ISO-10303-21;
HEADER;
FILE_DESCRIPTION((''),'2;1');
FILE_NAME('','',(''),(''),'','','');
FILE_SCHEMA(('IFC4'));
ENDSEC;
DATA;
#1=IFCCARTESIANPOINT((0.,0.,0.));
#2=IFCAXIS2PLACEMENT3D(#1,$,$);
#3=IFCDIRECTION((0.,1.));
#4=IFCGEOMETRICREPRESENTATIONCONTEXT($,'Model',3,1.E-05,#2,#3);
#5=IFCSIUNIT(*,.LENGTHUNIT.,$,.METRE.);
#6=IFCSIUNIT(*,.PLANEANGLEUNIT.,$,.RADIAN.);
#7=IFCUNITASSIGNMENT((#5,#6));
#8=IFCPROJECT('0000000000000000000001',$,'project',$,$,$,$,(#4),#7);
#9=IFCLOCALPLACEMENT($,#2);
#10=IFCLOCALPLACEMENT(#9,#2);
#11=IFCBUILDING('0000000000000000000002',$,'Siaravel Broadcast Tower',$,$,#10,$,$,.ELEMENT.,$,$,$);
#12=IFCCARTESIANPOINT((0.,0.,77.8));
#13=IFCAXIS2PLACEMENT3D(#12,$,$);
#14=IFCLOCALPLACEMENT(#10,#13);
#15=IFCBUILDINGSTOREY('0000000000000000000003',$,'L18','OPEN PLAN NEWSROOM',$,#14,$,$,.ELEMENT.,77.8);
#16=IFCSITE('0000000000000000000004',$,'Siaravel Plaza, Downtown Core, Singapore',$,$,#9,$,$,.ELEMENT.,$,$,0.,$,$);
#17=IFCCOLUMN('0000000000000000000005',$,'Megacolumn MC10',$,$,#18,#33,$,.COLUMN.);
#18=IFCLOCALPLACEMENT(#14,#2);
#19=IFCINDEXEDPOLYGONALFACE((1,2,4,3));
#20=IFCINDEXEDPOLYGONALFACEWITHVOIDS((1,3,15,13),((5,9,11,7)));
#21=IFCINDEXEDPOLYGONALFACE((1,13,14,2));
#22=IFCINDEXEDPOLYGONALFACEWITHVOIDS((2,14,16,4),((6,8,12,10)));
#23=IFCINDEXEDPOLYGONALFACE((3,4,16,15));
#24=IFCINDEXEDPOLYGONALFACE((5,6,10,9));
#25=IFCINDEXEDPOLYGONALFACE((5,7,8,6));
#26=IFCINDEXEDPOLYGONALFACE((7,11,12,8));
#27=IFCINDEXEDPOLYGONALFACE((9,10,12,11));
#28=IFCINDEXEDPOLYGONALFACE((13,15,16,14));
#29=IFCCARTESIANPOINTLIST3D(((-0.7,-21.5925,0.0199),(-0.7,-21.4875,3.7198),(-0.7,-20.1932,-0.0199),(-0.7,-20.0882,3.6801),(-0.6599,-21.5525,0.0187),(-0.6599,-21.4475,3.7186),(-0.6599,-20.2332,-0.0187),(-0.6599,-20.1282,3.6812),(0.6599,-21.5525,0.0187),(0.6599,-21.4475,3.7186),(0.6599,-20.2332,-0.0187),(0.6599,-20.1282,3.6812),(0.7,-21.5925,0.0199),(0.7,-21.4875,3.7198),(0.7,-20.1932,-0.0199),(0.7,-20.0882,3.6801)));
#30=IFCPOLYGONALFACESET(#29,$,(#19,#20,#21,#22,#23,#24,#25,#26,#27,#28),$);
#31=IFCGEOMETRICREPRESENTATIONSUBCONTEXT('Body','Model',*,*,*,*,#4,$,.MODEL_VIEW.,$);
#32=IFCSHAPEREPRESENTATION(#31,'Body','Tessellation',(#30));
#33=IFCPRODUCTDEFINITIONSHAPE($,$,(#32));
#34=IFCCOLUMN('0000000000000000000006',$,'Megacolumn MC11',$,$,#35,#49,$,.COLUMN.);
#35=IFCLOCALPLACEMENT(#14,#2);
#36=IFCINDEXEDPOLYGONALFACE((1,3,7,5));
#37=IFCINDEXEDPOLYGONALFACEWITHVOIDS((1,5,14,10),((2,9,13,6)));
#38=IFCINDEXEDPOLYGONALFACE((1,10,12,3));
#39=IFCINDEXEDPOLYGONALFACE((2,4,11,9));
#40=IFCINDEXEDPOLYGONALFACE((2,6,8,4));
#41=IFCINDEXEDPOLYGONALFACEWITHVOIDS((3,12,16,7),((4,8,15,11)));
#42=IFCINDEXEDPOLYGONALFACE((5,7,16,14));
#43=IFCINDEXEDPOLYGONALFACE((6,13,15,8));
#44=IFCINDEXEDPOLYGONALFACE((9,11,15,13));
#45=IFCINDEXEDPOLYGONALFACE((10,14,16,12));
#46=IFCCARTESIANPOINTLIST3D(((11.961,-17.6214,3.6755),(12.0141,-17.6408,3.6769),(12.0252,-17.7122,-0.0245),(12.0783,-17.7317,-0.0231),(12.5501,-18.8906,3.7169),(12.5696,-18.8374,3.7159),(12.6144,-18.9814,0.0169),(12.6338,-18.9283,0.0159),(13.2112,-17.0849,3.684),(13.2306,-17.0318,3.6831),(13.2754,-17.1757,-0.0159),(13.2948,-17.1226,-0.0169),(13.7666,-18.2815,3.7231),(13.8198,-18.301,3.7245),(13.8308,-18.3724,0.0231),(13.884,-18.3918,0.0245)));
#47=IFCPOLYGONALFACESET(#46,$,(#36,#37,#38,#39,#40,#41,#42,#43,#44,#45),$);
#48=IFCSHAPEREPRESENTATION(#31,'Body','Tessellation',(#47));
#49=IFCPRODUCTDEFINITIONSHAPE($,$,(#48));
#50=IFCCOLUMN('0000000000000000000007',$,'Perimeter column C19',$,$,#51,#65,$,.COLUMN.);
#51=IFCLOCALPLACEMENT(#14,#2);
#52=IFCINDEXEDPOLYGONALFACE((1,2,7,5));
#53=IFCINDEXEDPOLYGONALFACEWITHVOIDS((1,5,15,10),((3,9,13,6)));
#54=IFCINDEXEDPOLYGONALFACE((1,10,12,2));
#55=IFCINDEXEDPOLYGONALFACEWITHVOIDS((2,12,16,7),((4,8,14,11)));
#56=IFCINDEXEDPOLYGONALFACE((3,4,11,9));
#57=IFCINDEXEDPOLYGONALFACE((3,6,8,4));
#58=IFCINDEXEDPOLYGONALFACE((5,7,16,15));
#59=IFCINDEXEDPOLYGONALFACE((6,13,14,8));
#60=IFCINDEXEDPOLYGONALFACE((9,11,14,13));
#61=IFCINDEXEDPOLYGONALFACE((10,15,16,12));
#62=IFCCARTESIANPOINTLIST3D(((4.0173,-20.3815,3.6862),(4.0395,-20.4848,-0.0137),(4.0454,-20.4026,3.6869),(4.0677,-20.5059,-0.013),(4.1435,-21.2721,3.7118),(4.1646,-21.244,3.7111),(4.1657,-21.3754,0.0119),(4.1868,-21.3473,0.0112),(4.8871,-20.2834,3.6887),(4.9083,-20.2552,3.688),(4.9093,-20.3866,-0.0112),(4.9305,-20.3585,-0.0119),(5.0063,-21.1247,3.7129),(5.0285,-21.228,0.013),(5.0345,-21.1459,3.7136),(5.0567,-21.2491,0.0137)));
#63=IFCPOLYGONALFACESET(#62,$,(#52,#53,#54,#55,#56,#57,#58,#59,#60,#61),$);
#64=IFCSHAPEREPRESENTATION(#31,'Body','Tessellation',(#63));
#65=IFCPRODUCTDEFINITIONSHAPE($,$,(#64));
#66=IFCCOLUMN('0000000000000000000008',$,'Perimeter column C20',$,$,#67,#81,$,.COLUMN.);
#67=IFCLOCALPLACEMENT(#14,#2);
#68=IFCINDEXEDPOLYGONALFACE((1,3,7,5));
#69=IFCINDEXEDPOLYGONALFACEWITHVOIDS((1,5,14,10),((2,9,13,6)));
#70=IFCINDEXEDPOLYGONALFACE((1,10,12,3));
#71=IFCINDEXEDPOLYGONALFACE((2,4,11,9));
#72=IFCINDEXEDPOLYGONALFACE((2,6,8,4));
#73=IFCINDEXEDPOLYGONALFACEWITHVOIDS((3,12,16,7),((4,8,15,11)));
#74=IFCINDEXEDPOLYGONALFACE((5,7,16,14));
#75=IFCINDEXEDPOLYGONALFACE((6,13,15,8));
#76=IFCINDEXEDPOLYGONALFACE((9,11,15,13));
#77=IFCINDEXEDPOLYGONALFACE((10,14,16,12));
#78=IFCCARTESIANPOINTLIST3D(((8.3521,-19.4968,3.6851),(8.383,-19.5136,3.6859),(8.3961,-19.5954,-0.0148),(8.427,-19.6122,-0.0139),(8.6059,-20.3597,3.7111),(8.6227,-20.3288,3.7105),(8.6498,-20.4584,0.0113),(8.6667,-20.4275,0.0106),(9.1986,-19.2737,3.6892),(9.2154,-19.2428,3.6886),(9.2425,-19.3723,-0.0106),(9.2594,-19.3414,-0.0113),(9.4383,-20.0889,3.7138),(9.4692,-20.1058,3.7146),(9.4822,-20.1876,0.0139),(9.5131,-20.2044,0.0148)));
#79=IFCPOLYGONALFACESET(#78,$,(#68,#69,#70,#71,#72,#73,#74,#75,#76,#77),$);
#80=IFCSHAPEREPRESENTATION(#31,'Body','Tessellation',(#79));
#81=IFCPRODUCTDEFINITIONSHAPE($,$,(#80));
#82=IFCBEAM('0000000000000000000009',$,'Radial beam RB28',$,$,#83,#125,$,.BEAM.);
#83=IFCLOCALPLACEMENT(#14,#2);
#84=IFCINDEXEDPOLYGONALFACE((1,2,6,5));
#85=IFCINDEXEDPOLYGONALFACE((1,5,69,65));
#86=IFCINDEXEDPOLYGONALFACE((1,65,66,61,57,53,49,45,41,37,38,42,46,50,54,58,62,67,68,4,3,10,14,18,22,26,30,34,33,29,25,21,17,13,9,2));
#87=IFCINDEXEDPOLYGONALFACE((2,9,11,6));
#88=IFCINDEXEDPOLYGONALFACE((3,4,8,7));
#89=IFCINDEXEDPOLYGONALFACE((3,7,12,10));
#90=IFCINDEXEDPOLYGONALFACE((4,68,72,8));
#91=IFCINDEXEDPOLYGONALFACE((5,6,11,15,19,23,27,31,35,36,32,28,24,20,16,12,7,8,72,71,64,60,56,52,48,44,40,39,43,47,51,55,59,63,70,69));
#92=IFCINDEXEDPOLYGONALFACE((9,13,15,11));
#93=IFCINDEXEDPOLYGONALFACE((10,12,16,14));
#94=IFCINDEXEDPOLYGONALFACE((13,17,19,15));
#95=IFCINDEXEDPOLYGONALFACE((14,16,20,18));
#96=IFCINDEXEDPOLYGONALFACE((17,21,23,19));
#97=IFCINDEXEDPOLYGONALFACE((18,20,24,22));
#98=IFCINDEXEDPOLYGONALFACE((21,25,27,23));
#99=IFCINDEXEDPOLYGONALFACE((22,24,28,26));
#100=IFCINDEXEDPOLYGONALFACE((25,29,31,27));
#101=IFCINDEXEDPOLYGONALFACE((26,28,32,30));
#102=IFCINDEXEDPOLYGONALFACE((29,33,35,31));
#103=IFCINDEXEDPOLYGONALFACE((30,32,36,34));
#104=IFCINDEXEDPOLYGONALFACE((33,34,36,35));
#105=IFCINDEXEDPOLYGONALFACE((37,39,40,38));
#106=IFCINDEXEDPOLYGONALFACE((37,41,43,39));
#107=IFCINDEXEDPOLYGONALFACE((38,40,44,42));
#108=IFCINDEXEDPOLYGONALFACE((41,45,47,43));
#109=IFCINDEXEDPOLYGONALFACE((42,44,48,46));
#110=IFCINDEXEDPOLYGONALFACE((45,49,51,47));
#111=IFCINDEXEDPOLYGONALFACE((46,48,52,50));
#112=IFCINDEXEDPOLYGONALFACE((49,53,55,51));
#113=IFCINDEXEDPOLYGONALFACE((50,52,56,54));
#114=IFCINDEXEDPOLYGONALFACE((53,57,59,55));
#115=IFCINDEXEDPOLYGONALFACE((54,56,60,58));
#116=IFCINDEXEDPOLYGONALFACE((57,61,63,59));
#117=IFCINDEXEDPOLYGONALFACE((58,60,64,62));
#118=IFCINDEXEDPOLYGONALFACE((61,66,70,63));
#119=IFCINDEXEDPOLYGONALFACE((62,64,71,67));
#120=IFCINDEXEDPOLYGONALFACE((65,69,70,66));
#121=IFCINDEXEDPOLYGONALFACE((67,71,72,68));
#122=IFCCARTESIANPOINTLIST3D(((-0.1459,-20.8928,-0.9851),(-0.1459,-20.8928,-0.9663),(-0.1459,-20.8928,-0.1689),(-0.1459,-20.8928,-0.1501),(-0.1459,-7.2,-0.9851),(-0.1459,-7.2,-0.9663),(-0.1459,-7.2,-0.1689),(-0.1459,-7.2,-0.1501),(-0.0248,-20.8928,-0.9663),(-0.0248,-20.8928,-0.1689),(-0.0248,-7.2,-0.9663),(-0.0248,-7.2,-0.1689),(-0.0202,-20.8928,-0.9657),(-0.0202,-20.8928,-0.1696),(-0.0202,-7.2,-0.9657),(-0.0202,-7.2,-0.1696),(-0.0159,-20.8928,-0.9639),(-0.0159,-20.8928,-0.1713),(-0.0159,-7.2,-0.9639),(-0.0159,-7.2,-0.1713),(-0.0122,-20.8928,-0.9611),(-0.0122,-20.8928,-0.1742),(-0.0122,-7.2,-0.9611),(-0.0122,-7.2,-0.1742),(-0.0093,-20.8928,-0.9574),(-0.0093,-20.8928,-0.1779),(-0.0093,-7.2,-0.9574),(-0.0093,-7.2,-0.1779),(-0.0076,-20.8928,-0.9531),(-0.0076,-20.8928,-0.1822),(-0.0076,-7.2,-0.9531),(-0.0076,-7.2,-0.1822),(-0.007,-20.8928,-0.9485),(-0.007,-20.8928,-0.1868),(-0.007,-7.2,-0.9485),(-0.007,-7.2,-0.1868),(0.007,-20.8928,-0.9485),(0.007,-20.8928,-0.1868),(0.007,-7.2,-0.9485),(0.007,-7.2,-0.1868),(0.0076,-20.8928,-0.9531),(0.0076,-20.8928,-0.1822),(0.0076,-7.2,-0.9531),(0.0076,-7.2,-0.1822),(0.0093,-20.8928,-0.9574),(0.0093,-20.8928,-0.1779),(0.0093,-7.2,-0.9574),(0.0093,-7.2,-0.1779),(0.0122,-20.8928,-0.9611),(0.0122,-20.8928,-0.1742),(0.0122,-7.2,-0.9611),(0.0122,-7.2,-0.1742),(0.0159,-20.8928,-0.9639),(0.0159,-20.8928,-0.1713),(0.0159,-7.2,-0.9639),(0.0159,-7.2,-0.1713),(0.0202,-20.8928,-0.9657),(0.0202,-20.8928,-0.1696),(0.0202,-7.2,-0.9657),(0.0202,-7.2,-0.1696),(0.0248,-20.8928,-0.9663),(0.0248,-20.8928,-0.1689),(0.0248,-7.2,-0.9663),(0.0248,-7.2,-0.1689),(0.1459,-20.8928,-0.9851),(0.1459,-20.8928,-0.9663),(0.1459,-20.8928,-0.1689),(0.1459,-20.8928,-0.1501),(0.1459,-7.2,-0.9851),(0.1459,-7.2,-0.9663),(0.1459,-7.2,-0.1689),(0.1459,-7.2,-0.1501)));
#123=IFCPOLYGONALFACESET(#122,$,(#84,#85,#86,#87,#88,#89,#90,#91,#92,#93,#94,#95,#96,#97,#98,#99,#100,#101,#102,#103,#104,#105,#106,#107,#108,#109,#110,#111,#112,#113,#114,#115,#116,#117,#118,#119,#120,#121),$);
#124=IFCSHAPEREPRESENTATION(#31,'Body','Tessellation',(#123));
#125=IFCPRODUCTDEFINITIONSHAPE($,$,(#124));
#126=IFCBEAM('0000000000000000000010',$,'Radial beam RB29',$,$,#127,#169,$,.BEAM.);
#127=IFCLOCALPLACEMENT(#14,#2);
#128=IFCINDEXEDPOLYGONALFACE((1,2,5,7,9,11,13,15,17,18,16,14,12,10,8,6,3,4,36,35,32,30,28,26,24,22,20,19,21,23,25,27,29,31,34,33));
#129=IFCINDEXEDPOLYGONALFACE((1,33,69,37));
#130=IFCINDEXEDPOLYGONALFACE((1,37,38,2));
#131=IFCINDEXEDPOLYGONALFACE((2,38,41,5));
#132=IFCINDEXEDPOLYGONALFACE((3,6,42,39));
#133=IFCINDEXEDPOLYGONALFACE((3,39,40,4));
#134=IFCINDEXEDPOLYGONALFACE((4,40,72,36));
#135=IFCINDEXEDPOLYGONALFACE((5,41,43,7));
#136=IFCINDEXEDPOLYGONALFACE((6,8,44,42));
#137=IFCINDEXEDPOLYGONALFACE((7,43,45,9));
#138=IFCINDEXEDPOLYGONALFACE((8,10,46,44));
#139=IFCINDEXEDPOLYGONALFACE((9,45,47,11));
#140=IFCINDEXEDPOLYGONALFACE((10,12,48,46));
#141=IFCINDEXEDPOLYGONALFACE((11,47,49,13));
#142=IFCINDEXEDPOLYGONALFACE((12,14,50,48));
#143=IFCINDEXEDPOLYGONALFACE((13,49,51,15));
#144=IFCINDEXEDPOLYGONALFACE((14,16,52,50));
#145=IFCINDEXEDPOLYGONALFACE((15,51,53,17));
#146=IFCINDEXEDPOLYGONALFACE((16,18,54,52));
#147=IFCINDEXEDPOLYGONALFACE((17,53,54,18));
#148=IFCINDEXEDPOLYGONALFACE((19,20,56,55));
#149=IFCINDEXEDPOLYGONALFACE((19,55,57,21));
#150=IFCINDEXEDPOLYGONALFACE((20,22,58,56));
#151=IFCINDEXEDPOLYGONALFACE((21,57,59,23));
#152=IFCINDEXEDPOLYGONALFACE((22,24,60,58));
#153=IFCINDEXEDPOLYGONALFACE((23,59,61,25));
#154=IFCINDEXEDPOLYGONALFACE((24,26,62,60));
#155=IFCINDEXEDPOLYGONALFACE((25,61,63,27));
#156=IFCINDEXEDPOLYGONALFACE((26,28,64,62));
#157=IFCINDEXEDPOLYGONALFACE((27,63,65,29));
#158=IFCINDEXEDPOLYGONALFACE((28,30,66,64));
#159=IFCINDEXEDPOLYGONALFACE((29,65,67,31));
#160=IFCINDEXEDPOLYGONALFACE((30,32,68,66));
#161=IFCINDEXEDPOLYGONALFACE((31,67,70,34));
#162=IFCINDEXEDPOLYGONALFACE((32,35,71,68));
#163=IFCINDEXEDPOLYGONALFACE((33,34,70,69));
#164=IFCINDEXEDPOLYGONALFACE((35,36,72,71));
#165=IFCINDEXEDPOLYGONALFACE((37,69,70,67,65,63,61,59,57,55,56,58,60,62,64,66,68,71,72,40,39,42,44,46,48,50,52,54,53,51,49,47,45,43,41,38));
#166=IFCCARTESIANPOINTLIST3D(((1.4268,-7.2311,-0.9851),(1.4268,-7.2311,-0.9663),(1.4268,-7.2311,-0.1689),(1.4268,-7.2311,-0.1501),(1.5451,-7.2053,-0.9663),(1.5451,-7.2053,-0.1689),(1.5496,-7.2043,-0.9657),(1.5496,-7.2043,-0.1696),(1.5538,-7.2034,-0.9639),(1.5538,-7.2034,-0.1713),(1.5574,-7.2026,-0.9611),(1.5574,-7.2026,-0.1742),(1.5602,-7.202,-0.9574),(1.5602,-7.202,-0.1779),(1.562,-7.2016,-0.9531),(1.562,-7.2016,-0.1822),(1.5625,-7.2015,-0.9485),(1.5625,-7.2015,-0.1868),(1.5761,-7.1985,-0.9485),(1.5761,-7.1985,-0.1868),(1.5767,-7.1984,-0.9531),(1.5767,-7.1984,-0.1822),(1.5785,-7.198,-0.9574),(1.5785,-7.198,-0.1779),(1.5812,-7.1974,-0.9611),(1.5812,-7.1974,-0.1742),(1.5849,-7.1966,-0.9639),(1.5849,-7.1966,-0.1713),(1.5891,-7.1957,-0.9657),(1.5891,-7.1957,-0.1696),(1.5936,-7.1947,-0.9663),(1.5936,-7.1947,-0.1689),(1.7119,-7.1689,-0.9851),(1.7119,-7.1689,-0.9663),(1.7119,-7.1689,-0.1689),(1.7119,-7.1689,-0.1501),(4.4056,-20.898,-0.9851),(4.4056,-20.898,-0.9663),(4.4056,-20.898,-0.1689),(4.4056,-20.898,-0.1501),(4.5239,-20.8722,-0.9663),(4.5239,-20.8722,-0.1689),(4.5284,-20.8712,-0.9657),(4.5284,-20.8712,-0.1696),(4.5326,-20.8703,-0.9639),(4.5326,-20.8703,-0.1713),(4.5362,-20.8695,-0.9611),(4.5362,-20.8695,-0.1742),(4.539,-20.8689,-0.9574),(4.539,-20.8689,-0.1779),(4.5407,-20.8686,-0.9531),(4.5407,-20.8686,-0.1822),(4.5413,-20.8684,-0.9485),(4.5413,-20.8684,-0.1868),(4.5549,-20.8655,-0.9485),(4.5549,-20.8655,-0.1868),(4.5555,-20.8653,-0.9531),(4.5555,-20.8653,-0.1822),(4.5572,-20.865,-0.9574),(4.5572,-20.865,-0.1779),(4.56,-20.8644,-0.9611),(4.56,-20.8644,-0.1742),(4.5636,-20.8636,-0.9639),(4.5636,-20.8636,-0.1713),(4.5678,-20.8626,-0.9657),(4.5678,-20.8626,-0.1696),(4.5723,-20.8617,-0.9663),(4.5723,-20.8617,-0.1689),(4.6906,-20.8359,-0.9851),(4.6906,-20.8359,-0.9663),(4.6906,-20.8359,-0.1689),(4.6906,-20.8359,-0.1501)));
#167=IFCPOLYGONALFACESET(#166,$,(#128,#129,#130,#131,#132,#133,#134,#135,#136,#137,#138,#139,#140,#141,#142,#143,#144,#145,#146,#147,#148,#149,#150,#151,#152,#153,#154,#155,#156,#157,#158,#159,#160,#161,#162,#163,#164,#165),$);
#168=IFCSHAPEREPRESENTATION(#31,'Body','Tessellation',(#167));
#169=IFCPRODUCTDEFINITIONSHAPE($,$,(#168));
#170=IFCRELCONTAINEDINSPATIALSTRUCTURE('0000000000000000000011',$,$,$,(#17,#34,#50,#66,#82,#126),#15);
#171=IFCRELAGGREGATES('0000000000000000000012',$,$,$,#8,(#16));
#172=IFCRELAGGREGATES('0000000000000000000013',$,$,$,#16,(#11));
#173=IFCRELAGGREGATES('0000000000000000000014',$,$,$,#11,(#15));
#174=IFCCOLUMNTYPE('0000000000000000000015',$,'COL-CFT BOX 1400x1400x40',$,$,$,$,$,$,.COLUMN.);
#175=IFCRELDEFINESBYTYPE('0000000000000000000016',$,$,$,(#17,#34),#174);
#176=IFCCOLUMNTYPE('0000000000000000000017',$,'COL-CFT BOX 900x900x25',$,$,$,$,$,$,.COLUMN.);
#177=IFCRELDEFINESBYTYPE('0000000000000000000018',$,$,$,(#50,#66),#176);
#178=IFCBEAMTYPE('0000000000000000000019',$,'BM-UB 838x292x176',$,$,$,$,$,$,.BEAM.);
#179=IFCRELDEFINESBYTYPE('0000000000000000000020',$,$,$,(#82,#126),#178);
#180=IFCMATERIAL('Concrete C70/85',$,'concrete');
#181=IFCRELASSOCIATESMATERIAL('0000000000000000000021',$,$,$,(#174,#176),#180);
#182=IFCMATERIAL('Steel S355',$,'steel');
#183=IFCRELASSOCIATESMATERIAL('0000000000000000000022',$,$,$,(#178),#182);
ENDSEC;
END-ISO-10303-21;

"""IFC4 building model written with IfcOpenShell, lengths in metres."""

from ifc_helpers import new_model, si_unit, direction, frame, origin, origin_2d, place, context, subcontext, project, spatial, hollow_rectangle, i_section, extrude, material, material_profile, profile_set, type_object, element, save


model = new_model("IFC4")

# Units and contexts
model_context = context("Model", 3, precision=1e-05, world=origin(), true_north=direction((0.0, 1.0)))
body_context = subcontext(model_context, "Body", "Model", "MODEL_VIEW")
ifc_project = project(units=[si_unit("LENGTHUNIT", "METRE"), si_unit("PLANEANGLEUNIT", "RADIAN")], contexts=[model_context])

# Site, building, storey
site_placement = place(None, origin())
site = spatial("IfcSite", under=ifc_project, at=site_placement, Name="Siaravel Plaza, Downtown Core, Singapore", CompositionType="ELEMENT", RefElevation=0.0)
building_placement = place(site_placement, origin())
building = spatial("IfcBuilding", under=site, at=building_placement, Name="Siaravel Broadcast Tower", CompositionType="ELEMENT")
storey_placement = place(building_placement, frame((0.0, 0.0, 77.8)))
storey = spatial("IfcBuildingStorey", under=building, at=storey_placement, Name="L18", Description="OPEN PLAN NEWSROOM", CompositionType="ELEMENT", Elevation=77.8)

# Columns
ifc_material_1 = material(Name="Concrete C70/85", Category="concrete")
ifc_material_profile_1 = material_profile(ifc_material_1, hollow_rectangle(XDim=1.3999, YDim=1.3999, WallThickness=0.04, at=origin_2d()))
ifc_profile_set_1 = profile_set([ifc_material_profile_1], Name="Concrete C70/85")
column_type_1 = type_object("IfcColumnType", Name="COL-CFT BOX 1400x1400x40", PredefinedType="COLUMN", material=ifc_profile_set_1)
column_1_placement = place(storey_placement, frame((0.0, -20.8928, 0.0), z_axis=(0.0, 0.028362, 0.999598), x_axis=(-1.0, 0.0, 0.0)))
element("IfcColumn", 1, at=column_1_placement, inside=storey, type_object=column_type_1, Name="Megacolumn MC10", PredefinedType="COLUMN", context=body_context, shape_type="SweptSolid", body=[
    extrude(hollow_rectangle(XDim=1.3999, YDim=1.3999, WallThickness=0.04, at=origin_2d()), origin(), (0.0, 0.0, 1.0), 3.7014),
])
column_2_placement = place(storey_placement, frame((12.9546, -18.052, 0.0), z_axis=(-0.017346, 0.024535, 0.999548), x_axis=(-0.906954, -0.421195, -0.0054)))
element("IfcColumn", 2, at=column_2_placement, inside=storey, type_object=column_type_1, Name="Megacolumn MC11", PredefinedType="COLUMN", context=body_context, shape_type="SweptSolid", body=[
    extrude(hollow_rectangle(XDim=1.3999, YDim=1.3999, WallThickness=0.04, at=origin_2d()), origin(), (0.0, 0.0, 1.0), 3.7017),
])
ifc_material_profile_2 = material_profile(ifc_material_1, hollow_rectangle(XDim=0.8999, YDim=0.8999, WallThickness=0.0249, at=origin_2d()))
ifc_profile_set_2 = profile_set([ifc_material_profile_2], Name="Concrete C70/85")
column_type_2 = type_object("IfcColumnType", Name="COL-CFT BOX 900x900x25", PredefinedType="COLUMN", material=ifc_profile_set_2)
for number, where, z_axis, x_axis, name in (
    (3, (4.5481, -20.8669, 0.0), (-0.006002, 0.0279, 0.999593), (-0.990106, -0.140307, -0.002029), "Perimeter column C19"),
    (4, (8.9546, -19.8999, 0.0), (-0.011872, 0.026647, 0.999574), (-0.959345, -0.282211, -0.003871), "Perimeter column C20"),
):
    element("IfcColumn", number, at=place(storey_placement, frame(where, z_axis=z_axis, x_axis=x_axis)), inside=storey, type_object=column_type_2, Name=name, PredefinedType="COLUMN", context=body_context, shape_type="SweptSolid", body=[
        extrude(hollow_rectangle(XDim=0.8999, YDim=0.8999, WallThickness=0.0249, at=origin_2d()), origin(), (0.0, 0.0, 1.0), 3.7014),
    ])

# Beams
ifc_material_2 = material(Name="Steel S355", Category="steel")
ifc_material_profile_3 = material_profile(ifc_material_2, i_section(OverallWidth=0.2917, OverallDepth=0.835, WebThickness=0.0139, FlangeThickness=0.0188, FilletRadius=0.0178, at=origin_2d()))
ifc_profile_set_3 = profile_set([ifc_material_profile_3], Name="Steel S355")
beam_type = type_object("IfcBeamType", Name="BM-UB 838x292x176", PredefinedType="BEAM", material=ifc_profile_set_3)
beam_1_placement = place(storey_placement, frame((0.0, -20.8928, -0.5676), z_axis=(0.0, 1.0, 0.0), x_axis=(-1.0, 0.0, 0.0)))
element("IfcBeam", 5, at=beam_1_placement, inside=storey, type_object=beam_type, Name="Radial beam RB28", PredefinedType="BEAM", context=body_context, shape_type="SweptSolid", body=[
    extrude(i_section(OverallWidth=0.2917, OverallDepth=0.835, WebThickness=0.0139, FlangeThickness=0.0188, FilletRadius=0.0178, at=origin_2d()), origin(), (0.0, 0.0, 1.0), 13.6929),
])
beam_2_placement = place(storey_placement, frame((4.5481, -20.8669, -0.5676), z_axis=(-0.212954, 0.977062, 0.0), x_axis=(-0.977062, -0.212954, 0.0)))
element("IfcBeam", 6, at=beam_2_placement, inside=storey, type_object=beam_type, Name="Radial beam RB29", PredefinedType="BEAM", context=body_context, shape_type="SweptSolid", body=[
    extrude(i_section(OverallWidth=0.2917, OverallDepth=0.835, WebThickness=0.0139, FlangeThickness=0.0188, FilletRadius=0.0178, at=origin_2d()), origin(), (0.0, 0.0, 1.0), 13.9878),
])

save(model, "model.ifc")
